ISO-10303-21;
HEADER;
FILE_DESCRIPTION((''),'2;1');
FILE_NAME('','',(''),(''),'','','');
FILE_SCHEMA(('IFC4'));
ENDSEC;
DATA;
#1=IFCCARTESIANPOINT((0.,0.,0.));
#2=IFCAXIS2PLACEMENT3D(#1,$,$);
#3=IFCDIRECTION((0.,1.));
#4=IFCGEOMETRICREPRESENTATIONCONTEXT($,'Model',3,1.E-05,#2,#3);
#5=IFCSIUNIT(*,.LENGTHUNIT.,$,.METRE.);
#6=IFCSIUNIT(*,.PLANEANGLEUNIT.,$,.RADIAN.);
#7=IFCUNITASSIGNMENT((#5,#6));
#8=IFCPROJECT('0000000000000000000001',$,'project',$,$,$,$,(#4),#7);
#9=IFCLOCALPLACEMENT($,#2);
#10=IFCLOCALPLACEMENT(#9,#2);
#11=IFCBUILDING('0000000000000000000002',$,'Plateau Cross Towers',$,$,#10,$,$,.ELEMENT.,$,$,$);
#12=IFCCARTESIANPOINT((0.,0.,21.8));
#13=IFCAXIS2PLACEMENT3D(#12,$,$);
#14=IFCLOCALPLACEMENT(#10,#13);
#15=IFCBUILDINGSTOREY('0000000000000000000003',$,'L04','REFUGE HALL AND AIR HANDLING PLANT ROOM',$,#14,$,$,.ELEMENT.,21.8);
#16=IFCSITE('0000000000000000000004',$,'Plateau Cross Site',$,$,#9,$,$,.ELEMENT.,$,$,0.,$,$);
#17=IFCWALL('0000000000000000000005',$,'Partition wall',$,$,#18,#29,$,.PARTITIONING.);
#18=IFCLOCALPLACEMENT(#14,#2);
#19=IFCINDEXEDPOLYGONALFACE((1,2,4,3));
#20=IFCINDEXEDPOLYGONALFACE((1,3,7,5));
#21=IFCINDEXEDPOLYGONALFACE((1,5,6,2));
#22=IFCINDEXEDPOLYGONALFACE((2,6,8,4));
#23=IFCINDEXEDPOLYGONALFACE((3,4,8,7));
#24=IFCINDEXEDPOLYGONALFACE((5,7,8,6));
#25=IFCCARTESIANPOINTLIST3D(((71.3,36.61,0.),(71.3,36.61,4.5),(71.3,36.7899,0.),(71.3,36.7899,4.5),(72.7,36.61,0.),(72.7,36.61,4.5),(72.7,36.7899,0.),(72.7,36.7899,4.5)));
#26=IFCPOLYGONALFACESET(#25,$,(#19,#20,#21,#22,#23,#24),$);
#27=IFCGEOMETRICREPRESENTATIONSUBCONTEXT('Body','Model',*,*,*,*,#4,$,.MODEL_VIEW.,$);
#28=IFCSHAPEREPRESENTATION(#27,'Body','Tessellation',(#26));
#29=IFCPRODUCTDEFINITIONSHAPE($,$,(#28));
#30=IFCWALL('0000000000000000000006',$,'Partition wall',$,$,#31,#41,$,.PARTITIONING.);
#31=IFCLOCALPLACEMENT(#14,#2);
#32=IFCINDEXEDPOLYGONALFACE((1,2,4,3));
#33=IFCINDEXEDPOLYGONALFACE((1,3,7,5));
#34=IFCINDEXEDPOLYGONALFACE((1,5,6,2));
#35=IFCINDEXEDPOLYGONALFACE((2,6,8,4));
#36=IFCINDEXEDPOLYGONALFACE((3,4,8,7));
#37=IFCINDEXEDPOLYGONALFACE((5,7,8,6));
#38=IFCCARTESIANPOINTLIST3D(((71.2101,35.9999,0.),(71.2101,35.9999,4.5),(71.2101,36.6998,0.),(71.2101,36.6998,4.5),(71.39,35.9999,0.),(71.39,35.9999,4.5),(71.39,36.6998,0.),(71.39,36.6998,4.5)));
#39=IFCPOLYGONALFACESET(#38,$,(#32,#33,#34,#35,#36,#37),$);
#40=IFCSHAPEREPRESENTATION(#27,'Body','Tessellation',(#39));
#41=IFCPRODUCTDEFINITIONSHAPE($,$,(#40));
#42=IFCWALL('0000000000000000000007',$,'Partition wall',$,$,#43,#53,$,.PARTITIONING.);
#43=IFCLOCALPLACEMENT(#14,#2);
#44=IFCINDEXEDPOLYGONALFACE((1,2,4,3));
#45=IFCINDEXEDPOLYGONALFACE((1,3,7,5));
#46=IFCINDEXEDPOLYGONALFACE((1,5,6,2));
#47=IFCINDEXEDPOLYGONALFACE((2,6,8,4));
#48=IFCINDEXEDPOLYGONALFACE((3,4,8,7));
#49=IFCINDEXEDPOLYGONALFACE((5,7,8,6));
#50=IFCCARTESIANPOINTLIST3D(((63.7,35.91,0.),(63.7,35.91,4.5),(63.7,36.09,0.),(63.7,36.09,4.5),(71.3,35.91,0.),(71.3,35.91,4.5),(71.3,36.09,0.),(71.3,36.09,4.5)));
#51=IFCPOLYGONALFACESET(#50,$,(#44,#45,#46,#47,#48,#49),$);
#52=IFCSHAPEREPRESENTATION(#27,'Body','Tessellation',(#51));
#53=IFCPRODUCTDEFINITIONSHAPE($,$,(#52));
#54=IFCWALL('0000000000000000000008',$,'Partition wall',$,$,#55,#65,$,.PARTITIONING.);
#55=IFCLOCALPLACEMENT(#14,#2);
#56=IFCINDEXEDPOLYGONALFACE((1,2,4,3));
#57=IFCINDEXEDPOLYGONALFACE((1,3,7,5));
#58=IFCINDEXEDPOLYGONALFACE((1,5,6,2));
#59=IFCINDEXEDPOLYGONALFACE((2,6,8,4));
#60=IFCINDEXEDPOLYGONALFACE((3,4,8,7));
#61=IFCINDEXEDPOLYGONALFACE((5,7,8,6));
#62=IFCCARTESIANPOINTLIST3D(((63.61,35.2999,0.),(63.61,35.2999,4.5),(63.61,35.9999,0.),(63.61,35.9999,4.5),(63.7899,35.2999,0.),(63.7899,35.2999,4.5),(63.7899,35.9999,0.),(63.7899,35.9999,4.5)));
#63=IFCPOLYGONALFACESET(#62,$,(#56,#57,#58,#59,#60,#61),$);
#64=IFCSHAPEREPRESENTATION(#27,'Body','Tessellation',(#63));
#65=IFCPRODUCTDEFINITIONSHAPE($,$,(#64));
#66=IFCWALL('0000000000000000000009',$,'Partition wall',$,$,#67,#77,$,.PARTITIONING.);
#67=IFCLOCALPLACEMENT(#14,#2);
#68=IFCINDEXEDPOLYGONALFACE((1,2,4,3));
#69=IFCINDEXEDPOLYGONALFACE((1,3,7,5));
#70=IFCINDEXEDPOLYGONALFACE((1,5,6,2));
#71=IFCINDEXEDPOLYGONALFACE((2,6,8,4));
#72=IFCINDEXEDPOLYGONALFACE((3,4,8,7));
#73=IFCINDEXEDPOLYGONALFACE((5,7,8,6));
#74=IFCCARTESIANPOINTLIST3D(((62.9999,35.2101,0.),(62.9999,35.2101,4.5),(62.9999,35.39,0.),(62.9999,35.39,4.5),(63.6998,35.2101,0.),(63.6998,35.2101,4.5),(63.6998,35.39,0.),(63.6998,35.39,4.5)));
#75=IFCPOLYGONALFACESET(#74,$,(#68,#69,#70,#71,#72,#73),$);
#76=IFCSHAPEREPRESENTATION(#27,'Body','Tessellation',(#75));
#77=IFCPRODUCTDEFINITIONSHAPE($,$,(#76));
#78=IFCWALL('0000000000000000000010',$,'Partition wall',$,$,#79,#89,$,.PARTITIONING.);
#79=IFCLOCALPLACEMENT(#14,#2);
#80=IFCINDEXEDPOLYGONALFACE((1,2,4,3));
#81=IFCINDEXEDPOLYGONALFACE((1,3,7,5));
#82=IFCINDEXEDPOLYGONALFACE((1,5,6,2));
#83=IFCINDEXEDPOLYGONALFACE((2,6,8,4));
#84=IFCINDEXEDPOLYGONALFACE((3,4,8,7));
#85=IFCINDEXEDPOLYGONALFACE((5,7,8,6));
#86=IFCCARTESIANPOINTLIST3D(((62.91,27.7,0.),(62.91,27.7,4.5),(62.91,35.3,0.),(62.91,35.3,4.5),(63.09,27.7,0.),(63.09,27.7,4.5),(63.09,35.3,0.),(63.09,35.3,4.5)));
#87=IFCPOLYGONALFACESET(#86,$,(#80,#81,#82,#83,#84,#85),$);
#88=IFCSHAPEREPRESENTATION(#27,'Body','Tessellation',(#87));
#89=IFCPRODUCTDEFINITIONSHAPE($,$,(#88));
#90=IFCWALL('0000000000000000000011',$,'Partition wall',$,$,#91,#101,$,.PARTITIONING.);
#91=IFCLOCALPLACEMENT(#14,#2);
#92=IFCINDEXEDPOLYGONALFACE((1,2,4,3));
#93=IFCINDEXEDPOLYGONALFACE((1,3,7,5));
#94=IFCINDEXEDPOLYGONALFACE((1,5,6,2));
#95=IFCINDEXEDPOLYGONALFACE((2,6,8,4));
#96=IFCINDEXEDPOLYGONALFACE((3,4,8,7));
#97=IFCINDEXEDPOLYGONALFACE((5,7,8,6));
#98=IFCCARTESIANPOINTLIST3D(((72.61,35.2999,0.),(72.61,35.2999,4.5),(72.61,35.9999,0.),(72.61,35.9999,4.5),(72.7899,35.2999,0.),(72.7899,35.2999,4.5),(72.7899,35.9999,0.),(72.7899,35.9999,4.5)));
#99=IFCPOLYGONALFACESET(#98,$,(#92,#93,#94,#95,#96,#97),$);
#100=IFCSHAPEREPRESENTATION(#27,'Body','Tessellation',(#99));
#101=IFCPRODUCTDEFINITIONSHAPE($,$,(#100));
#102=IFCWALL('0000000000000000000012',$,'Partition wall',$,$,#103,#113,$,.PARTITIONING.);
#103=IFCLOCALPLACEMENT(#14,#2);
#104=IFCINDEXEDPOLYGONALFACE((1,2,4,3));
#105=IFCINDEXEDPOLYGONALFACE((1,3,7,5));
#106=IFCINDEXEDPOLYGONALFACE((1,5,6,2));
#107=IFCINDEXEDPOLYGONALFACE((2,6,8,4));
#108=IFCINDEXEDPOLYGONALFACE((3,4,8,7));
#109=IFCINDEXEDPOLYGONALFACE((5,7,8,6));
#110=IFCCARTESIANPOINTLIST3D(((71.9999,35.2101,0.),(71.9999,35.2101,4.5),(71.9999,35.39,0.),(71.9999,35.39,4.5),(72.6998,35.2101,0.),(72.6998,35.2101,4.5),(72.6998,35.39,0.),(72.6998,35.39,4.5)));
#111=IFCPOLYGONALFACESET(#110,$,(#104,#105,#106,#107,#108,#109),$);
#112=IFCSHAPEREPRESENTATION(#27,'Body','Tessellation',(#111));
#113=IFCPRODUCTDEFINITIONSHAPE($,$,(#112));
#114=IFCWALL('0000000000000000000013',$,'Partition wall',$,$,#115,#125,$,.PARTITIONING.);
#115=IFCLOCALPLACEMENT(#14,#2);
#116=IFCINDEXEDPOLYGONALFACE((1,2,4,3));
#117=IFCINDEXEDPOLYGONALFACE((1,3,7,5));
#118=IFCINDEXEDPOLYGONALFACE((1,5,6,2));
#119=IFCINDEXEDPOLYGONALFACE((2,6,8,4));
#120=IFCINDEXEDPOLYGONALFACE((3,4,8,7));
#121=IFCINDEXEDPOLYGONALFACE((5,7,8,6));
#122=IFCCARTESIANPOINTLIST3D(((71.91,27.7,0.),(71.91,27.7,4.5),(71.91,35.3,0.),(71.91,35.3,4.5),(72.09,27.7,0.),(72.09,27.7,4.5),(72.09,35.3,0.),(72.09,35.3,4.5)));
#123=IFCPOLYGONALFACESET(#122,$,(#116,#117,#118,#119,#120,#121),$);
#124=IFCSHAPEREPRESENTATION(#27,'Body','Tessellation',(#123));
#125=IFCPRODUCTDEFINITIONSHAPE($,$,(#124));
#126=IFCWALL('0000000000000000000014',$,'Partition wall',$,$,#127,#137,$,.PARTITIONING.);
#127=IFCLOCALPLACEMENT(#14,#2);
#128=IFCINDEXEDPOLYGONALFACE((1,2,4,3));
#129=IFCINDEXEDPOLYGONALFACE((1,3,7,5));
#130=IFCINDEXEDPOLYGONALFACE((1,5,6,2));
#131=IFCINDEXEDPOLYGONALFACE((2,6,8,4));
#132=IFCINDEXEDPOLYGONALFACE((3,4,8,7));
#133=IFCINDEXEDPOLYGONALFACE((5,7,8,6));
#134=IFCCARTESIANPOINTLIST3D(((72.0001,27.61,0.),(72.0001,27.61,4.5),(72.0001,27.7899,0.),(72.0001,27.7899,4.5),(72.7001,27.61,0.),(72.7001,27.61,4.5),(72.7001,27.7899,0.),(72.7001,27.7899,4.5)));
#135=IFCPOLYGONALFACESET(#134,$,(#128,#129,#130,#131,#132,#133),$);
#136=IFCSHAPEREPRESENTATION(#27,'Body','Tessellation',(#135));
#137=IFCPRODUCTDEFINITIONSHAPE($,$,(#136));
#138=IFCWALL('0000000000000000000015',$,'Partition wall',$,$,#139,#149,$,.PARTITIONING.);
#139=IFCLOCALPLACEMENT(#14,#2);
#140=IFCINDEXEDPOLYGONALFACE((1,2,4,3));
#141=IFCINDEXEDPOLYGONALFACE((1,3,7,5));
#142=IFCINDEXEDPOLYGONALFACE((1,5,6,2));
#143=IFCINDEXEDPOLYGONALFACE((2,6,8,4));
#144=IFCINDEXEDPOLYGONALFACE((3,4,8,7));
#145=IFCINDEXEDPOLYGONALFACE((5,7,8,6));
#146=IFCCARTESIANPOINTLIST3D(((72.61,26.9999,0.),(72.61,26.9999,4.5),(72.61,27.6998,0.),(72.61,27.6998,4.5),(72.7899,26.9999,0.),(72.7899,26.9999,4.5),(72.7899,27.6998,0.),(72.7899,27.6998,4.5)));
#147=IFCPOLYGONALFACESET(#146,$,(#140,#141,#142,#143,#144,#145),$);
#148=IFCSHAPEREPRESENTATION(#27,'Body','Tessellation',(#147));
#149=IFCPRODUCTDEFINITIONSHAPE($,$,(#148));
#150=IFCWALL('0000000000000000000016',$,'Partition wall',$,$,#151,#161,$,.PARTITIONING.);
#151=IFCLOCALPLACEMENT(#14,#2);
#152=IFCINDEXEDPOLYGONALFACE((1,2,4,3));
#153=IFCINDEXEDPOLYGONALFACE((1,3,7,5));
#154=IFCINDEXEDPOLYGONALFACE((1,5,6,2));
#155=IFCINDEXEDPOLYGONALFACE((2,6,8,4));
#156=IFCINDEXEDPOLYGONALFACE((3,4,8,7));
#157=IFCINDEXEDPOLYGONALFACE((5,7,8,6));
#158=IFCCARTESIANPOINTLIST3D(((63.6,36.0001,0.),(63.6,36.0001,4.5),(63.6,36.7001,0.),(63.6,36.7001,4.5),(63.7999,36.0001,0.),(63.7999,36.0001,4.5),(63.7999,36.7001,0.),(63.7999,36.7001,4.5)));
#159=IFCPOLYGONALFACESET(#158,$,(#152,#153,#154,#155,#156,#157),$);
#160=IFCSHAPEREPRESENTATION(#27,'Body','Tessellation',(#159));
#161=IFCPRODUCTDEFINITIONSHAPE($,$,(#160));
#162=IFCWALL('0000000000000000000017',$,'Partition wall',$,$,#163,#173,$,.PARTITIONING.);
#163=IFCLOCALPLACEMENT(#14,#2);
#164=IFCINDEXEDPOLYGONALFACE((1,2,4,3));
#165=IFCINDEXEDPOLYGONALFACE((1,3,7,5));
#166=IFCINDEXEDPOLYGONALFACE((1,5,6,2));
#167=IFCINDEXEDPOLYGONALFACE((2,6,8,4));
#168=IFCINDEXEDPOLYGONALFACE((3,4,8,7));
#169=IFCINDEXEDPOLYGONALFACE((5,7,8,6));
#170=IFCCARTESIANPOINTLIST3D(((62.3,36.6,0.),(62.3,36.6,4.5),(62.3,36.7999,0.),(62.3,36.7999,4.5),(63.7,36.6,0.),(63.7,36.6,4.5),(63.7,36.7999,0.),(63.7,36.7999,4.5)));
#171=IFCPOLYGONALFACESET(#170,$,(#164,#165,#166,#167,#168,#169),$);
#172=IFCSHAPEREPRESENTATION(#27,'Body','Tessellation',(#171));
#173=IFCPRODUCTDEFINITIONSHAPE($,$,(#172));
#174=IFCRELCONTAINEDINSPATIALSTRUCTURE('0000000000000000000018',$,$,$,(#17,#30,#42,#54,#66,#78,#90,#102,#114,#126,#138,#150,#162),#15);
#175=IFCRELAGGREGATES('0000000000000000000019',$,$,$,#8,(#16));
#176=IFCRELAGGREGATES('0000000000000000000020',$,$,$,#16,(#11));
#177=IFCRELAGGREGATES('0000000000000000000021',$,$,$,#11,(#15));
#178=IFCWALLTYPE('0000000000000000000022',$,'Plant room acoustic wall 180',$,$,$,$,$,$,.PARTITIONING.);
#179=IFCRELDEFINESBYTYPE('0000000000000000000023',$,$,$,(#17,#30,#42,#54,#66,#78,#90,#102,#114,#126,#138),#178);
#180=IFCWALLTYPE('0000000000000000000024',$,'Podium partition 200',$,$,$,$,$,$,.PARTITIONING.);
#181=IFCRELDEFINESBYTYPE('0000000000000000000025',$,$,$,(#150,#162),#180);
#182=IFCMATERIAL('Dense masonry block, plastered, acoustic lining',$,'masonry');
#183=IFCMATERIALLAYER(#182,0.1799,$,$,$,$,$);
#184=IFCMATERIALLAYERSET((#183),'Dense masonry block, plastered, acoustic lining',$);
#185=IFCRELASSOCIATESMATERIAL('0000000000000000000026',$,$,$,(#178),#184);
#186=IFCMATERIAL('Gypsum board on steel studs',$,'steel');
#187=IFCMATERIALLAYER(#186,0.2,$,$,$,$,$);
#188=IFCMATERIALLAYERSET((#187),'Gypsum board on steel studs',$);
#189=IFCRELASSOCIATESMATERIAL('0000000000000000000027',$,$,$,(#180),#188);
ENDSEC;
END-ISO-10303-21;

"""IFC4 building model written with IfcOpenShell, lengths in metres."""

from ifc_helpers import new_model, si_unit, direction, frame, frame_2d, origin, place, context, subcontext, project, spatial, rectangle, extrude, material, layer, layer_set, type_object, element, save


model = new_model("IFC4")

# Units and contexts
model_context = context("Model", 3, precision=1e-05, world=origin(), true_north=direction((0.0, 1.0)))
body_context = subcontext(model_context, "Body", "Model", "MODEL_VIEW")
ifc_project = project(units=[si_unit("LENGTHUNIT", "METRE"), si_unit("PLANEANGLEUNIT", "RADIAN")], contexts=[model_context])

# Site, building, storey
site_placement = place(None, origin())
site = spatial("IfcSite", under=ifc_project, at=site_placement, Name="Plateau Cross Site", CompositionType="ELEMENT", RefElevation=0.0)
building_placement = place(site_placement, origin())
building = spatial("IfcBuilding", under=site, at=building_placement, Name="Plateau Cross Towers", CompositionType="ELEMENT")
storey_placement = place(building_placement, frame((0.0, 0.0, 21.8)))
storey = spatial("IfcBuildingStorey", under=building, at=storey_placement, Name="L04", Description="REFUGE HALL AND AIR HANDLING PLANT ROOM", CompositionType="ELEMENT", Elevation=21.8)

# Shared definitions
ifc_material_1 = material(Name="Dense masonry block, plastered, acoustic lining", Category="masonry")
ifc_layer_1 = layer(ifc_material_1, 0.1799)
ifc_layer_set_1 = layer_set([ifc_layer_1], Name="Dense masonry block, plastered, acoustic lining")
wall_type_1 = type_object("IfcWallType", Name="Plant room acoustic wall 180", PredefinedType="PARTITIONING", material=ifc_layer_set_1)

# Walls
wall_1_placement = place(storey_placement, frame((72.7, 36.7, 0.0), z_axis=(0.0, 0.0, 1.0), x_axis=(-1.0, 0.0, 0.0)))
element("IfcWall", 1, at=wall_1_placement, inside=storey, type_object=wall_type_1, Name="Partition wall", PredefinedType="PARTITIONING", context=body_context, shape_type="SweptSolid", body=[
    extrude(rectangle(XDim=1.3999, YDim=0.1799, at=frame_2d((0.7, 0.0))), origin(), (0.0, 0.0, 1.0), 4.5),
])
wall_2_placement = place(storey_placement, frame((71.3, 36.7, 0.0), z_axis=(0.0, 0.0, 1.0), x_axis=(0.0, -1.0, 0.0)))
element("IfcWall", 2, at=wall_2_placement, inside=storey, type_object=wall_type_1, Name="Partition wall", PredefinedType="PARTITIONING", context=body_context, shape_type="SweptSolid", body=[
    extrude(rectangle(XDim=0.7, YDim=0.1799, at=frame_2d((0.3501, 0.0))), origin(), (0.0, 0.0, 1.0), 4.5),
])
wall_3_placement = place(storey_placement, frame((71.3, 36.0, 0.0), z_axis=(0.0, 0.0, 1.0), x_axis=(-1.0, 0.0, 0.0)))
element("IfcWall", 3, at=wall_3_placement, inside=storey, type_object=wall_type_1, Name="Partition wall", PredefinedType="PARTITIONING", context=body_context, shape_type="SweptSolid", body=[
    extrude(rectangle(XDim=7.6001, YDim=0.1799, at=frame_2d((3.8, 0.0))), origin(), (0.0, 0.0, 1.0), 4.5),
])
for number, where, z_axis, x_axis, name in (
    (4, (63.7, 36.0, 0.0), (0.0, 0.0, 1.0), (0.0, -1.0, 0.0), "Partition wall"),
    (5, (63.7, 35.3, 0.0), (0.0, 0.0, 1.0), (-1.0, 0.0, 0.0), "Partition wall"),
):
    element("IfcWall", number, at=place(storey_placement, frame(where, z_axis=z_axis, x_axis=x_axis)), inside=storey, type_object=wall_type_1, Name=name, PredefinedType="PARTITIONING", context=body_context, shape_type="SweptSolid", body=[
        extrude(rectangle(XDim=0.7, YDim=0.1799, at=frame_2d((0.3501, 0.0))), origin(), (0.0, 0.0, 1.0), 4.5),
    ])
wall_4_placement = place(storey_placement, frame((63.0, 35.3, 0.0), z_axis=(0.0, 0.0, 1.0), x_axis=(0.0, -1.0, 0.0)))
element("IfcWall", 6, at=wall_4_placement, inside=storey, type_object=wall_type_1, Name="Partition wall", PredefinedType="PARTITIONING", context=body_context, shape_type="SweptSolid", body=[
    extrude(rectangle(XDim=7.6001, YDim=0.1799, at=frame_2d((3.8, 0.0))), origin(), (0.0, 0.0, 1.0), 4.5),
])
for number, where, z_axis, x_axis, name in (
    (7, (72.7, 36.0, 0.0), (0.0, 0.0, 1.0), (0.0, -1.0, 0.0), "Partition wall"),
    (8, (72.7, 35.3, 0.0), (0.0, 0.0, 1.0), (-1.0, 0.0, 0.0), "Partition wall"),
):
    element("IfcWall", number, at=place(storey_placement, frame(where, z_axis=z_axis, x_axis=x_axis)), inside=storey, type_object=wall_type_1, Name=name, PredefinedType="PARTITIONING", context=body_context, shape_type="SweptSolid", body=[
        extrude(rectangle(XDim=0.7, YDim=0.1799, at=frame_2d((0.3501, 0.0))), origin(), (0.0, 0.0, 1.0), 4.5),
    ])
wall_5_placement = place(storey_placement, frame((72.0, 35.3, 0.0), z_axis=(0.0, 0.0, 1.0), x_axis=(0.0, -1.0, 0.0)))
element("IfcWall", 9, at=wall_5_placement, inside=storey, type_object=wall_type_1, Name="Partition wall", PredefinedType="PARTITIONING", context=body_context, shape_type="SweptSolid", body=[
    extrude(rectangle(XDim=7.6001, YDim=0.1799, at=frame_2d((3.8, 0.0))), origin(), (0.0, 0.0, 1.0), 4.5),
])
for number, where, z_axis, x_axis, name in (
    (10, (72.0, 27.7, 0.0), (0.0, 0.0, 1.0), (1.0, 0.0, 0.0), "Partition wall"),
    (11, (72.7, 27.7, 0.0), (0.0, 0.0, 1.0), (0.0, -1.0, 0.0), "Partition wall"),
):
    element("IfcWall", number, at=place(storey_placement, frame(where, z_axis=z_axis, x_axis=x_axis)), inside=storey, type_object=wall_type_1, Name=name, PredefinedType="PARTITIONING", context=body_context, shape_type="SweptSolid", body=[
        extrude(rectangle(XDim=0.7, YDim=0.1799, at=frame_2d((0.3501, 0.0))), origin(), (0.0, 0.0, 1.0), 4.5),
    ])
ifc_material_2 = material(Name="Gypsum board on steel studs", Category="steel")
ifc_layer_2 = layer(ifc_material_2, 0.2)
ifc_layer_set_2 = layer_set([ifc_layer_2], Name="Gypsum board on steel studs")
wall_type_2 = type_object("IfcWallType", Name="Podium partition 200", PredefinedType="PARTITIONING", material=ifc_layer_set_2)
wall_6_placement = place(storey_placement, frame((63.7, 36.0, 0.0), z_axis=(0.0, 0.0, 1.0), x_axis=(0.0, 1.0, 0.0)))
element("IfcWall", 12, at=wall_6_placement, inside=storey, type_object=wall_type_2, Name="Partition wall", PredefinedType="PARTITIONING", context=body_context, shape_type="SweptSolid", body=[
    extrude(rectangle(XDim=0.7, YDim=0.2, at=frame_2d((0.3501, 0.0))), origin(), (0.0, 0.0, 1.0), 4.5),
])
wall_7_placement = place(storey_placement, frame((63.7, 36.7, 0.0), z_axis=(0.0, 0.0, 1.0), x_axis=(-1.0, 0.0, 0.0)))
element("IfcWall", 13, at=wall_7_placement, inside=storey, type_object=wall_type_2, Name="Partition wall", PredefinedType="PARTITIONING", context=body_context, shape_type="SweptSolid", body=[
    extrude(rectangle(XDim=1.3999, YDim=0.2, at=frame_2d((0.7, 0.0))), origin(), (0.0, 0.0, 1.0), 4.5),
])

save(model, "model.ifc")
